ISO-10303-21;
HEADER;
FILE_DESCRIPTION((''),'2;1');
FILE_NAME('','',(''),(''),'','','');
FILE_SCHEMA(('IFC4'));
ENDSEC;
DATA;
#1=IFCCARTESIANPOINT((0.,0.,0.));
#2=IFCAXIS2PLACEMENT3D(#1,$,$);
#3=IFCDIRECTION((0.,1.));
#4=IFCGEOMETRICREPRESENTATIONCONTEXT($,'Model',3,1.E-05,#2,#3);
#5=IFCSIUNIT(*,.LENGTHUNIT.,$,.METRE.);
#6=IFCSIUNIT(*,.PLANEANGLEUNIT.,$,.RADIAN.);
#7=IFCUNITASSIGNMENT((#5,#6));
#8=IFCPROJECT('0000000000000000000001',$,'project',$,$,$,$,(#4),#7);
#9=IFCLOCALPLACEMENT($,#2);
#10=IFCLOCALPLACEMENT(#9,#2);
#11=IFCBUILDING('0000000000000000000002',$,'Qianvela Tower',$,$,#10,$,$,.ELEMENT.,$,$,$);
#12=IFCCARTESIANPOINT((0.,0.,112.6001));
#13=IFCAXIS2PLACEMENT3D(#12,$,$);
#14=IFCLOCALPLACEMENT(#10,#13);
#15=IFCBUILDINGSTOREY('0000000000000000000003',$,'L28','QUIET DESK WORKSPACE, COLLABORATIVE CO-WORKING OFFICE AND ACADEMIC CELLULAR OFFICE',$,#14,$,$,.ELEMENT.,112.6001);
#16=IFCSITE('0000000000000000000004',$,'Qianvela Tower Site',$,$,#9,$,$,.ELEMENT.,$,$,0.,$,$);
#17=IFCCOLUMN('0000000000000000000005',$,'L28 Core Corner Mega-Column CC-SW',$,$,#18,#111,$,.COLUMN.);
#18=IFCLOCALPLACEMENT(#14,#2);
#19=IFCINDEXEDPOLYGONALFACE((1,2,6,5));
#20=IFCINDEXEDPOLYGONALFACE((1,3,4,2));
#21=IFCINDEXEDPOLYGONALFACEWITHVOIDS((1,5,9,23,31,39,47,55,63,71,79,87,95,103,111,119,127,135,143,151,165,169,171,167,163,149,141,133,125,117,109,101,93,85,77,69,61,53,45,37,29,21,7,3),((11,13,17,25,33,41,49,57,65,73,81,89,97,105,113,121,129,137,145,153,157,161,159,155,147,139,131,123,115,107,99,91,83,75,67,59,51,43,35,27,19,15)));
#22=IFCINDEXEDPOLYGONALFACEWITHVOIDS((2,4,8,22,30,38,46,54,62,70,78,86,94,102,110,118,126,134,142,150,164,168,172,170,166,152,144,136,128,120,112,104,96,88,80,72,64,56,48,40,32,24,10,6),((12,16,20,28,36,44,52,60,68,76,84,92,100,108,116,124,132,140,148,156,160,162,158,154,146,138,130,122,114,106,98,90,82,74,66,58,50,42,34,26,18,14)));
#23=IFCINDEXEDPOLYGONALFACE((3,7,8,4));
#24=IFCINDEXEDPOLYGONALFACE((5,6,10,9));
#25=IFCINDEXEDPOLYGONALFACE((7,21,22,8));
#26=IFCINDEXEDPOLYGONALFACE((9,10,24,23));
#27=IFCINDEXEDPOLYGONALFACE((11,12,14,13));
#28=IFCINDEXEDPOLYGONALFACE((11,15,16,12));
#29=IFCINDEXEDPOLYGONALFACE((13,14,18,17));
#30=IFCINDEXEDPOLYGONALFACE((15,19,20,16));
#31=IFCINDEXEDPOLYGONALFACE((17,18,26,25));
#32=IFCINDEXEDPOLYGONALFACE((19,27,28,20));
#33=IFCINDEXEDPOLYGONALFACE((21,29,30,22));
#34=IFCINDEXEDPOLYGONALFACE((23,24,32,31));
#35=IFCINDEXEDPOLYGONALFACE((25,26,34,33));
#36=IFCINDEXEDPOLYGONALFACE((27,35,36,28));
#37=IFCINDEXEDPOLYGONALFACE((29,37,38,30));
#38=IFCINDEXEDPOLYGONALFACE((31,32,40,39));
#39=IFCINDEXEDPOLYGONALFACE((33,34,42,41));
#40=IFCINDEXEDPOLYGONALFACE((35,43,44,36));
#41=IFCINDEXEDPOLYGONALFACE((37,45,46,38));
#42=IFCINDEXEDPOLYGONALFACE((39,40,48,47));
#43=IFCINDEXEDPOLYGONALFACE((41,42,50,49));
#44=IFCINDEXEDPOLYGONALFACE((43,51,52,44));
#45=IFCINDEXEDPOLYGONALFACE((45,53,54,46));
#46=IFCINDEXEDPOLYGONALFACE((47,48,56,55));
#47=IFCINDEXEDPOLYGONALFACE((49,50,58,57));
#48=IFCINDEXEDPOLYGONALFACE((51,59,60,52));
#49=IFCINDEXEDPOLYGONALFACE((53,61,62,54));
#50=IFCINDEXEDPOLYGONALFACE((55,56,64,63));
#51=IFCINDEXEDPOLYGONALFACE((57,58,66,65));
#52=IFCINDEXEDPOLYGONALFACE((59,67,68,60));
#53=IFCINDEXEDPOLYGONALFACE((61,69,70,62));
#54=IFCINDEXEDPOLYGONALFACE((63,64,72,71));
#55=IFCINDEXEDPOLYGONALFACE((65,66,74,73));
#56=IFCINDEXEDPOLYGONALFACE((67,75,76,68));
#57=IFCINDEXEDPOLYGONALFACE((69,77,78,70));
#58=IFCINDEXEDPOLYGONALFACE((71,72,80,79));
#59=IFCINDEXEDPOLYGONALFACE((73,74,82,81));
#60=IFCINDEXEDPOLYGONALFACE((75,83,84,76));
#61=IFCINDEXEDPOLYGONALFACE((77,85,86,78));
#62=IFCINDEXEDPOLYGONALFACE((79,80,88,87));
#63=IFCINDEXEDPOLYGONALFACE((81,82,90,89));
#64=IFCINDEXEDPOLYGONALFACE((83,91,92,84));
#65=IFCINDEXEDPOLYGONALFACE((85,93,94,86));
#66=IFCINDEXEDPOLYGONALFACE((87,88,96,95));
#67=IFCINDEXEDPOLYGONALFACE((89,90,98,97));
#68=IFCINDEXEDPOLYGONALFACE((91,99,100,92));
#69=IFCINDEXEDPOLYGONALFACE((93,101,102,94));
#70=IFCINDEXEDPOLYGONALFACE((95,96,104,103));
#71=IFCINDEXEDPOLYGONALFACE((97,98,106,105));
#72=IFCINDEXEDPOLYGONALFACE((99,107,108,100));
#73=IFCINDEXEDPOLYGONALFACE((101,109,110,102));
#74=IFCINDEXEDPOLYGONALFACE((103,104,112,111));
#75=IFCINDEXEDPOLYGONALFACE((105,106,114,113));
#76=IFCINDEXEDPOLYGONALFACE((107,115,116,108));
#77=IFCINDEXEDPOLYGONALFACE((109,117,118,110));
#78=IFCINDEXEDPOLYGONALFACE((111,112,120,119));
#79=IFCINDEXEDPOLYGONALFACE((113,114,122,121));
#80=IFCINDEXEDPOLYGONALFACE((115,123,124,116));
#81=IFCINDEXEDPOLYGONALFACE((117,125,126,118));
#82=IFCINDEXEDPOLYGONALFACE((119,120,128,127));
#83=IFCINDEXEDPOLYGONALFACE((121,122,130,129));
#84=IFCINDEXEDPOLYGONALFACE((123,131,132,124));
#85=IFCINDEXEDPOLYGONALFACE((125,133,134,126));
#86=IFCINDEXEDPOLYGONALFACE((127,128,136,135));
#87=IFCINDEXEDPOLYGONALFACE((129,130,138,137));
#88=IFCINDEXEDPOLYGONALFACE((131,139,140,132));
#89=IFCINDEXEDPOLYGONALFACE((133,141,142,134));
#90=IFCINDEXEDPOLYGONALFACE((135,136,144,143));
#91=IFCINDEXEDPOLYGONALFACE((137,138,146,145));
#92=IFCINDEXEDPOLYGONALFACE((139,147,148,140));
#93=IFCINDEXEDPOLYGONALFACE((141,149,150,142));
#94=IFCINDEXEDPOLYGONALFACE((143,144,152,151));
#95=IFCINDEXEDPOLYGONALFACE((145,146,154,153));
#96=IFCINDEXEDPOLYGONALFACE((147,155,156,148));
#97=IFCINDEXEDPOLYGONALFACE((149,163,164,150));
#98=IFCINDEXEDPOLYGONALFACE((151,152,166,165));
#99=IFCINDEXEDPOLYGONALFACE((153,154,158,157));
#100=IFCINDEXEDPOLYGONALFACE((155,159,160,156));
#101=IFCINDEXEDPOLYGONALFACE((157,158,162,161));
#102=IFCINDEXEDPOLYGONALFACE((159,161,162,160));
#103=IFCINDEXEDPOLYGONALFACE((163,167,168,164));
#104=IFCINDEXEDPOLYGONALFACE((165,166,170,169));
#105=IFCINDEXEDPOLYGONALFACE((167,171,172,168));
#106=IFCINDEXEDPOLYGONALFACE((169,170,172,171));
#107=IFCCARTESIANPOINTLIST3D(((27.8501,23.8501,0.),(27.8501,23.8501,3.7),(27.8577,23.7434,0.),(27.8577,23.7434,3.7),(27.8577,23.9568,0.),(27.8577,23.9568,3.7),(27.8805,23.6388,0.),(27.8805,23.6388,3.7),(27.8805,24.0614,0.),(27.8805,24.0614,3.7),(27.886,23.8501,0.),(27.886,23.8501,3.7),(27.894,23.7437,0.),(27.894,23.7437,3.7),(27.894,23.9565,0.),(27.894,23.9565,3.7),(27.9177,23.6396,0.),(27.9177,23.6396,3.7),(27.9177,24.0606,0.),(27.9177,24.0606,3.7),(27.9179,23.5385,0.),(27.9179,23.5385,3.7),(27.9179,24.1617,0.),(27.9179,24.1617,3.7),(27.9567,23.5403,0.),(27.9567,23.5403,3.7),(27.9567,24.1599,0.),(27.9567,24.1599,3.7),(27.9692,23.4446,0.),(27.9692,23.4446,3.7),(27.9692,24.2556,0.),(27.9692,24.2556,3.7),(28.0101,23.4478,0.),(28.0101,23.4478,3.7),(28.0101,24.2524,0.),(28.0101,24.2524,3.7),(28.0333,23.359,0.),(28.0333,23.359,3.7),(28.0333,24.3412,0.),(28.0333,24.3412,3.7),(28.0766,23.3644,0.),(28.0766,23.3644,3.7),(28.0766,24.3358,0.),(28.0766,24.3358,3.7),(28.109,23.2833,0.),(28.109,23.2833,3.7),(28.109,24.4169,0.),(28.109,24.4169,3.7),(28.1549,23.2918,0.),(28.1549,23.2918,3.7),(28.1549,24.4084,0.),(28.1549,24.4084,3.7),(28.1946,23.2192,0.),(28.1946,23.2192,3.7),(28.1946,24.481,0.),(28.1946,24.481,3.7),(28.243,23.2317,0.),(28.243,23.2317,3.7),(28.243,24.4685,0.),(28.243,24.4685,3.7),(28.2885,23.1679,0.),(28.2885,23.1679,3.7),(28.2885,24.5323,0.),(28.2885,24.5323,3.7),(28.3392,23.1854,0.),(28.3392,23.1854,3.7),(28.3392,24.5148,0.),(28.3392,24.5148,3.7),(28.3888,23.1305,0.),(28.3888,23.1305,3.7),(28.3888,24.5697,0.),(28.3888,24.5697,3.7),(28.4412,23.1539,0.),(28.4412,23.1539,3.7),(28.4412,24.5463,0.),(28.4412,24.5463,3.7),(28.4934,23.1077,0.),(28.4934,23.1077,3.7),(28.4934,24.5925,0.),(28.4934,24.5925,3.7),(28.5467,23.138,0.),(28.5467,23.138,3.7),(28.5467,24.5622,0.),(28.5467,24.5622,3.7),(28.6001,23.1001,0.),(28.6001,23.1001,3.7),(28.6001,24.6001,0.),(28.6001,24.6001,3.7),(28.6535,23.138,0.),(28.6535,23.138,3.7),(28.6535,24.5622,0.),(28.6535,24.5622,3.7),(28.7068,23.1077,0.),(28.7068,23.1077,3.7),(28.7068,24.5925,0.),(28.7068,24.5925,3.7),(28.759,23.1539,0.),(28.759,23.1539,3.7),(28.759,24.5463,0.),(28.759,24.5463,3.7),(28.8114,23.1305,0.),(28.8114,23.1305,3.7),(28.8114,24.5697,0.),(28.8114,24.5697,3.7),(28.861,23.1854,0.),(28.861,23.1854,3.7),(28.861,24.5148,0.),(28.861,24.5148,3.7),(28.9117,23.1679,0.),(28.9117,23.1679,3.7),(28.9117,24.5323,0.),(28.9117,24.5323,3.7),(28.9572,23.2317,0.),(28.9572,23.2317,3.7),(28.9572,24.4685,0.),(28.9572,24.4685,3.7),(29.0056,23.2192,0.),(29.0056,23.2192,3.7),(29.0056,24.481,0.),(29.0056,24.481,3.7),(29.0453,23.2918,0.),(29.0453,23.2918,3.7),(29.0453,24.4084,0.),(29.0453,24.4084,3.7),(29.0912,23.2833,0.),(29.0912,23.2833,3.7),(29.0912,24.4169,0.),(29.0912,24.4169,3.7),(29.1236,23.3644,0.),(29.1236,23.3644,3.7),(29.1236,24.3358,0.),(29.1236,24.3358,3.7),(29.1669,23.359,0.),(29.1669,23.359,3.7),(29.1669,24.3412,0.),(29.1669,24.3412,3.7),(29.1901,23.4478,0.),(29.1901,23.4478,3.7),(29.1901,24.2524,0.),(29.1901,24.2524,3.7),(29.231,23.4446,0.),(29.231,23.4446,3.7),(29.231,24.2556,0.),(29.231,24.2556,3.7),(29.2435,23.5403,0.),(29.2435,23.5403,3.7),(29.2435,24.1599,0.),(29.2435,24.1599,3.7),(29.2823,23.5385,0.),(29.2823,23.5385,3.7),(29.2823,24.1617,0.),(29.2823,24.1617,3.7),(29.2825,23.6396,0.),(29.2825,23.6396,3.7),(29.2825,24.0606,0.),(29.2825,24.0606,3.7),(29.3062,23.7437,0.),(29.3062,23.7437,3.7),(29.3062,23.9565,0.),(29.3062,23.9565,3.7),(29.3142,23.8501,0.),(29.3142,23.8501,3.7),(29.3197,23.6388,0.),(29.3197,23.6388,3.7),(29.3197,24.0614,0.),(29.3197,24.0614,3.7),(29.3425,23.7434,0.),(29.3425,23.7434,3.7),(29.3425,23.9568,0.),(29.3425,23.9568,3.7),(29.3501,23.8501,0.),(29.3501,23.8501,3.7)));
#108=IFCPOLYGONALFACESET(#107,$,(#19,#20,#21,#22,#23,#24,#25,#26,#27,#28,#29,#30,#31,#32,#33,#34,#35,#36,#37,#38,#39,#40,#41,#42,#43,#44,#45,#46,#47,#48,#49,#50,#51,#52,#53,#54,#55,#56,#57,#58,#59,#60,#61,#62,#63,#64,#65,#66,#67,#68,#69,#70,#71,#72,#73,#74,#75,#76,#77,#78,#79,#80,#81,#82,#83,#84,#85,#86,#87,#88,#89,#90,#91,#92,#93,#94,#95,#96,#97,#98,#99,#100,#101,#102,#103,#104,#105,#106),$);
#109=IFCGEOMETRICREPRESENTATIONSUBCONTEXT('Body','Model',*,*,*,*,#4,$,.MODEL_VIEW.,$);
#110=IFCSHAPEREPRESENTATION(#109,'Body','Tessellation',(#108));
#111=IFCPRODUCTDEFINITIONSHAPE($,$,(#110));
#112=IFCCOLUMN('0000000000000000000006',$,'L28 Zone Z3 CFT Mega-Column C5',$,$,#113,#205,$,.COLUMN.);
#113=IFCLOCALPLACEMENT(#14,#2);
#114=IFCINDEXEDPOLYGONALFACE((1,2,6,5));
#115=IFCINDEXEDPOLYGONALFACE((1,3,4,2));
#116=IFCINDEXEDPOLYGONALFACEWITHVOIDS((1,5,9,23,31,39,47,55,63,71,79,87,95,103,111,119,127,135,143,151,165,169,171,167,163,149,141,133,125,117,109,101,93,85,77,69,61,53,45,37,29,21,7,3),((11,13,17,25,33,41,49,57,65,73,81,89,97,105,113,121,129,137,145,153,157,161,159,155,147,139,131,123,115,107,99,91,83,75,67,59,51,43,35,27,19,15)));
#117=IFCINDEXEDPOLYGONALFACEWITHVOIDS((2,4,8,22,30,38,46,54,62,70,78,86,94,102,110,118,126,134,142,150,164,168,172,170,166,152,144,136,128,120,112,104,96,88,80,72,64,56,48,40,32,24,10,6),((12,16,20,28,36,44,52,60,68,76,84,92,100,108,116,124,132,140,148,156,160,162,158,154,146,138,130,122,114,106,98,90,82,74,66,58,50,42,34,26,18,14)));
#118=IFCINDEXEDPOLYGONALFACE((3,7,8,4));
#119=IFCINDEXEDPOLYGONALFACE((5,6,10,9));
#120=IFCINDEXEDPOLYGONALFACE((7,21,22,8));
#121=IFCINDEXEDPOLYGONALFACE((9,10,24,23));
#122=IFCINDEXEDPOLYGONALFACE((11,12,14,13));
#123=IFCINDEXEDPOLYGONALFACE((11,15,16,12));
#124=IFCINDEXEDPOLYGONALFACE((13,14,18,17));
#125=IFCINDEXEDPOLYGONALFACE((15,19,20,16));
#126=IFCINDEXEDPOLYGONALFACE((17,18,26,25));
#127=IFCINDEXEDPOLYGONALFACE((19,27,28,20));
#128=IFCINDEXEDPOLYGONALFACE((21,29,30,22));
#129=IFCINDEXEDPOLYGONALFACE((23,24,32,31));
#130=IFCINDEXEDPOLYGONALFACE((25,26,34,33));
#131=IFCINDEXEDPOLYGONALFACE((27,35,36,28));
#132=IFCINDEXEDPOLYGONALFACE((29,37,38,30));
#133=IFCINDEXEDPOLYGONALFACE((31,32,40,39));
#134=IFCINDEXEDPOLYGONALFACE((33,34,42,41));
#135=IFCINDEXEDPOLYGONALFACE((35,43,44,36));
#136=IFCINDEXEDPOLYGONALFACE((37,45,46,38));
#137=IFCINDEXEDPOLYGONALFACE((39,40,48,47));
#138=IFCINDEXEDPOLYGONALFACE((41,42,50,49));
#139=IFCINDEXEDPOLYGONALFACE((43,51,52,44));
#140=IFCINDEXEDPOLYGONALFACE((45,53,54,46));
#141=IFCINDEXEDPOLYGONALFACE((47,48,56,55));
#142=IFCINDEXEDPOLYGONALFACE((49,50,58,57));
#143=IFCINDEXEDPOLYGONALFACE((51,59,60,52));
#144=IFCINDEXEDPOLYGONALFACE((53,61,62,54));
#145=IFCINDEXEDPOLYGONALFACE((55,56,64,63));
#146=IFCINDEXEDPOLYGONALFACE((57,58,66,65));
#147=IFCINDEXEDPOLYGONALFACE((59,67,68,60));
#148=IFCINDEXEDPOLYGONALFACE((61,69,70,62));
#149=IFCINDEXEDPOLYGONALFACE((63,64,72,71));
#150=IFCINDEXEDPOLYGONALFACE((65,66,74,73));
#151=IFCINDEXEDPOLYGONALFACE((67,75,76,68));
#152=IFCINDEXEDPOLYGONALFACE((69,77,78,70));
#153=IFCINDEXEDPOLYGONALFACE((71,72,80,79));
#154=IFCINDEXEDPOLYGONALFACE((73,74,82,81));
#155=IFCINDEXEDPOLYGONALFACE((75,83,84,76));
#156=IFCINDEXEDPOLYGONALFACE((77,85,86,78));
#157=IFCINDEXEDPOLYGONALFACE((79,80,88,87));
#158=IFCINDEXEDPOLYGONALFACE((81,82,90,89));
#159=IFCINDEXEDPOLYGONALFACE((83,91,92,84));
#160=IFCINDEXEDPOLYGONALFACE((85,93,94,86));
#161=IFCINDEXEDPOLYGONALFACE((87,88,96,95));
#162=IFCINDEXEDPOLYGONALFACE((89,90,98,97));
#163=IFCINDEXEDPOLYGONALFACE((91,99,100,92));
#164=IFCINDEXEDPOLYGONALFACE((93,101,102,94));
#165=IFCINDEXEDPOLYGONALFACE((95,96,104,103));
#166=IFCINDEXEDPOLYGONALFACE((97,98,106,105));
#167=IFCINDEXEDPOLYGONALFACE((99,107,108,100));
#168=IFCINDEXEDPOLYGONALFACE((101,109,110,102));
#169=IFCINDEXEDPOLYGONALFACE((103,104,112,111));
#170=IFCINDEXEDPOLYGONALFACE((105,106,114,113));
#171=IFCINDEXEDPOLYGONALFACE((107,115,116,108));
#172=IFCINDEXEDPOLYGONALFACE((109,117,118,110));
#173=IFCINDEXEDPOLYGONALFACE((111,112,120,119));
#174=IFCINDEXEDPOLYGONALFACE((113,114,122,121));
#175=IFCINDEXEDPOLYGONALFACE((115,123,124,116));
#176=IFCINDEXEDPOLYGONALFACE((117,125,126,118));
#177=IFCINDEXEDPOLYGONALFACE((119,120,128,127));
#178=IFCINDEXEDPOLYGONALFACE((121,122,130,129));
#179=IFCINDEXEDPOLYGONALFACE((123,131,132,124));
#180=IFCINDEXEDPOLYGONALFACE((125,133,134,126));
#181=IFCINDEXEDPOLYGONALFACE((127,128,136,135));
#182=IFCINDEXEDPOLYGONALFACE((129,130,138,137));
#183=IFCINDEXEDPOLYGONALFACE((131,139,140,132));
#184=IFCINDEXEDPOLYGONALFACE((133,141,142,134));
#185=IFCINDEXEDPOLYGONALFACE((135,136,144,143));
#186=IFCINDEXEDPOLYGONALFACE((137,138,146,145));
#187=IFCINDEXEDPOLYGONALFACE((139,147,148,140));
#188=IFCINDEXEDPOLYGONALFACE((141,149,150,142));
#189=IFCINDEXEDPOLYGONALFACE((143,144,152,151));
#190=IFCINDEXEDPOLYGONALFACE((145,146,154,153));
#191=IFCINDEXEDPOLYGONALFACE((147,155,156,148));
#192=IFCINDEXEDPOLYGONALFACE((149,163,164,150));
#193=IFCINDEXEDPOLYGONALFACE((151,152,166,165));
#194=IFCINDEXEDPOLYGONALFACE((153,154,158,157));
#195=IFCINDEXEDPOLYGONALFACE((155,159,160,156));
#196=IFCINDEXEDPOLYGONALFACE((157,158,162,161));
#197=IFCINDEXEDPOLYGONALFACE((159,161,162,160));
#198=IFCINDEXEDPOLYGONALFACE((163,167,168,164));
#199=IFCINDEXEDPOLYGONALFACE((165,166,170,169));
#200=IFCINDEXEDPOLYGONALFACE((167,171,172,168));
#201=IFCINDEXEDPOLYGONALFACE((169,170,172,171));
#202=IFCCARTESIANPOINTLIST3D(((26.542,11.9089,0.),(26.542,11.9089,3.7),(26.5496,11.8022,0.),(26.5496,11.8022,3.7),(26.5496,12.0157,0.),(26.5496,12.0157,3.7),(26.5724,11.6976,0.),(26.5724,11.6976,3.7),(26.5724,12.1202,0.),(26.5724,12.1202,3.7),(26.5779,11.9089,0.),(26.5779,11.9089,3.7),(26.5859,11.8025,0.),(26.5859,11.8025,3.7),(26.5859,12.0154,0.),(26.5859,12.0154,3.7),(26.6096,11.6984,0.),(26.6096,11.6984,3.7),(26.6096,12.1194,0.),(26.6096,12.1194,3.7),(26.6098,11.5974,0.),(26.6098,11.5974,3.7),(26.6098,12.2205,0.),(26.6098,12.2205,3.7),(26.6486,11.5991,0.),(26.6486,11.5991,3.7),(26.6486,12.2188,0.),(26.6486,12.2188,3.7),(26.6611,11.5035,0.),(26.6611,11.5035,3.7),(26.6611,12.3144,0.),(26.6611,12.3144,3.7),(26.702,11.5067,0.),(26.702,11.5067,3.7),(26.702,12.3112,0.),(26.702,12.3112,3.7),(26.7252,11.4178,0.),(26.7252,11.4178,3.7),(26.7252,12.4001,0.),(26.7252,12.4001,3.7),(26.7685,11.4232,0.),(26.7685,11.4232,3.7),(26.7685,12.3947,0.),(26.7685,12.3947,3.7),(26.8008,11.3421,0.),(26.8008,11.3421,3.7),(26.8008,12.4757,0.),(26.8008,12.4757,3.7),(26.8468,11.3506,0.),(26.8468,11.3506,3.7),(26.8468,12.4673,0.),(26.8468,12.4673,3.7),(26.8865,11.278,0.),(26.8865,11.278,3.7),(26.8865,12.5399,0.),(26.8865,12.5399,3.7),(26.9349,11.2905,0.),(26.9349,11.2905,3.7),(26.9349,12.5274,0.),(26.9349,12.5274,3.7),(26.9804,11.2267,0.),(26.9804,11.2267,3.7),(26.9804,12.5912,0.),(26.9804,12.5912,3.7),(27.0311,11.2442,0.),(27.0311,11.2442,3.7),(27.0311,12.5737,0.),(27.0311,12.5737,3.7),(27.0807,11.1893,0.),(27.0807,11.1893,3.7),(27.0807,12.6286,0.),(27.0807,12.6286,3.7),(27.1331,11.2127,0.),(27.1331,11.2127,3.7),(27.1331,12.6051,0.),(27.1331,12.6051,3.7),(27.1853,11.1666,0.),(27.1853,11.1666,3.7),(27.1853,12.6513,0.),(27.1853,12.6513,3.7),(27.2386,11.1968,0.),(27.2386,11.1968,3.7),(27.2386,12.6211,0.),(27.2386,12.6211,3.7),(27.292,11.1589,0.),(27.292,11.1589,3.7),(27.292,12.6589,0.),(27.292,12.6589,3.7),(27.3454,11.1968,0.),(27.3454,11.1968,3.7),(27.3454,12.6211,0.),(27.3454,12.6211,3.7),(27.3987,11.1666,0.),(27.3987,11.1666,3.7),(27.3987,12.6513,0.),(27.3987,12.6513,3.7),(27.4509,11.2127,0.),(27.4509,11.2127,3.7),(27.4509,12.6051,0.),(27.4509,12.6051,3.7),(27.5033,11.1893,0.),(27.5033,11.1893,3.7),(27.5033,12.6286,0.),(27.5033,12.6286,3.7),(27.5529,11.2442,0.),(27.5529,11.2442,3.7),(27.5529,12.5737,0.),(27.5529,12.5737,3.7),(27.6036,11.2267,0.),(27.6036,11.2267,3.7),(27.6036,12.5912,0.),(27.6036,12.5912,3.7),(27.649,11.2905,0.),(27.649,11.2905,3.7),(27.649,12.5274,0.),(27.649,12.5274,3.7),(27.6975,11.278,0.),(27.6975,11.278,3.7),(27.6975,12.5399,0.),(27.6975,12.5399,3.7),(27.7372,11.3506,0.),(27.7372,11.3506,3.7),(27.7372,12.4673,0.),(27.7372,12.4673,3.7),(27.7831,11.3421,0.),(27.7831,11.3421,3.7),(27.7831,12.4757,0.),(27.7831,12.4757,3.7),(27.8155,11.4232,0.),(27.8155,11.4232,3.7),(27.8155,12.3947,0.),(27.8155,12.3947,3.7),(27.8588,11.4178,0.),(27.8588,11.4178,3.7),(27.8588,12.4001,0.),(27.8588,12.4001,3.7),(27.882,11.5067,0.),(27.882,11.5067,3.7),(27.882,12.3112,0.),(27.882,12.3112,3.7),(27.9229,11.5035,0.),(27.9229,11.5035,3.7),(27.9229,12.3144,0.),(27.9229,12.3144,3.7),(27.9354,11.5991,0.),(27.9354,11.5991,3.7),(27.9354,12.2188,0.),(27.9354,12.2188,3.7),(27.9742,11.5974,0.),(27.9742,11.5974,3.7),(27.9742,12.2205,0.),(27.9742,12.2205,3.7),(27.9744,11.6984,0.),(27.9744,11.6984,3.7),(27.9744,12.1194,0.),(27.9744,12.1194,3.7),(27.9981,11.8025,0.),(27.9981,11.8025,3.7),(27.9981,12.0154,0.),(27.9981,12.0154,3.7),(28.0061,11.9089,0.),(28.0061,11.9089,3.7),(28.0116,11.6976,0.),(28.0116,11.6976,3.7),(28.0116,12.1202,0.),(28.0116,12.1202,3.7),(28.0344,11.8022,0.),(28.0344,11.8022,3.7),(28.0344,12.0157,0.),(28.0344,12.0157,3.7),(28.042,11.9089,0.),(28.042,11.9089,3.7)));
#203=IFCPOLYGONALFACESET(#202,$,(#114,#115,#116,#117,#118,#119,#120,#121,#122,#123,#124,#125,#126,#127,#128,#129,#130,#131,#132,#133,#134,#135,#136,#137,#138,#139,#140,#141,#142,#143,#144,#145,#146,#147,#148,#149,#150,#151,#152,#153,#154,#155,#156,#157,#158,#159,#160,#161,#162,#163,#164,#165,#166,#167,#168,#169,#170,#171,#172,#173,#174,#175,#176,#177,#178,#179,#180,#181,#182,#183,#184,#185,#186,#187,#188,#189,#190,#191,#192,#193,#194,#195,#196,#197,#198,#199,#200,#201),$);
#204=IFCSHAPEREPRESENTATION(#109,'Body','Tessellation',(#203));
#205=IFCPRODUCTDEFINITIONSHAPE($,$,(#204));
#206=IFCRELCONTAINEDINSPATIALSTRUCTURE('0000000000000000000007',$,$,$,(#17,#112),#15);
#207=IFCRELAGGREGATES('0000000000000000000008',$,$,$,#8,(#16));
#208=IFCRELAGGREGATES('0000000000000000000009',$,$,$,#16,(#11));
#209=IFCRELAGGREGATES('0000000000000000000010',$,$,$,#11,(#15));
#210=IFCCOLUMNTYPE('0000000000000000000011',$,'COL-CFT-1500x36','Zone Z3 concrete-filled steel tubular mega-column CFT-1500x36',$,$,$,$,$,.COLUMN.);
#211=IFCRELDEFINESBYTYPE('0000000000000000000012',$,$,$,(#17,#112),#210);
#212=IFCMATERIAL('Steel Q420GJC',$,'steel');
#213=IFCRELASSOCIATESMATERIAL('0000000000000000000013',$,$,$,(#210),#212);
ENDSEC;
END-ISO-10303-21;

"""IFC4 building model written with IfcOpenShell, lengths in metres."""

from ifc_helpers import new_model, si_unit, direction, frame, origin, origin_2d, place, context, subcontext, project, spatial, hollow_circle, extrude, material, material_profile, profile_set, type_object, element, save


model = new_model("IFC4")

# Units and contexts
model_context = context("Model", 3, precision=1e-05, world=origin(), true_north=direction((0.0, 1.0)))
body_context = subcontext(model_context, "Body", "Model", "MODEL_VIEW")
ifc_project = project(units=[si_unit("LENGTHUNIT", "METRE"), si_unit("PLANEANGLEUNIT", "RADIAN")], contexts=[model_context])

# Site, building, storey
site_placement = place(None, origin())
site = spatial("IfcSite", under=ifc_project, at=site_placement, Name="Qianvela Tower Site", CompositionType="ELEMENT", RefElevation=0.0)
building_placement = place(site_placement, origin())
building = spatial("IfcBuilding", under=site, at=building_placement, Name="Qianvela Tower", CompositionType="ELEMENT")
storey_placement = place(building_placement, frame((0.0, 0.0, 112.6001)))
storey = spatial("IfcBuildingStorey", under=building, at=storey_placement, Name="L28", Description="QUIET DESK WORKSPACE, COLLABORATIVE CO-WORKING OFFICE AND ACADEMIC CELLULAR OFFICE", CompositionType="ELEMENT", Elevation=112.6001)

# Columns
ifc_material_1 = material(Name="Steel Q420GJC", Category="steel")
ifc_material_profile_1 = material_profile(ifc_material_1, hollow_circle(Radius=0.75, WallThickness=0.0359, at=origin_2d()), Name="CFT-1500x36")
ifc_profile_set_1 = profile_set([ifc_material_profile_1], Name="Steel Q420GJC")
column_type = type_object("IfcColumnType", Name="COL-CFT-1500x36", Description="Zone Z3 concrete-filled steel tubular mega-column CFT-1500x36", PredefinedType="COLUMN", material=ifc_profile_set_1)
for number, where, z_axis, x_axis, name in (
    (1, (28.6001, 23.8501, 0.0), (0.0, 0.0, 1.0), (1.0, 0.0, 0.0), "L28 Core Corner Mega-Column CC-SW"),
    (2, (27.292, 11.9089, 0.0), (0.0, 0.0, 1.0), (1.0, 0.0, 0.0), "L28 Zone Z3 CFT Mega-Column C5"),
):
    element("IfcColumn", number, at=place(storey_placement, frame(where, z_axis=z_axis, x_axis=x_axis)), inside=storey, type_object=column_type, Name=name, PredefinedType="COLUMN", context=body_context, shape_type="SweptSolid", body=[
        extrude(hollow_circle(Radius=0.75, WallThickness=0.0359, at=origin_2d()), origin(), (0.0, 0.0, 1.0), 3.7),
    ])

save(model, "model.ifc")
